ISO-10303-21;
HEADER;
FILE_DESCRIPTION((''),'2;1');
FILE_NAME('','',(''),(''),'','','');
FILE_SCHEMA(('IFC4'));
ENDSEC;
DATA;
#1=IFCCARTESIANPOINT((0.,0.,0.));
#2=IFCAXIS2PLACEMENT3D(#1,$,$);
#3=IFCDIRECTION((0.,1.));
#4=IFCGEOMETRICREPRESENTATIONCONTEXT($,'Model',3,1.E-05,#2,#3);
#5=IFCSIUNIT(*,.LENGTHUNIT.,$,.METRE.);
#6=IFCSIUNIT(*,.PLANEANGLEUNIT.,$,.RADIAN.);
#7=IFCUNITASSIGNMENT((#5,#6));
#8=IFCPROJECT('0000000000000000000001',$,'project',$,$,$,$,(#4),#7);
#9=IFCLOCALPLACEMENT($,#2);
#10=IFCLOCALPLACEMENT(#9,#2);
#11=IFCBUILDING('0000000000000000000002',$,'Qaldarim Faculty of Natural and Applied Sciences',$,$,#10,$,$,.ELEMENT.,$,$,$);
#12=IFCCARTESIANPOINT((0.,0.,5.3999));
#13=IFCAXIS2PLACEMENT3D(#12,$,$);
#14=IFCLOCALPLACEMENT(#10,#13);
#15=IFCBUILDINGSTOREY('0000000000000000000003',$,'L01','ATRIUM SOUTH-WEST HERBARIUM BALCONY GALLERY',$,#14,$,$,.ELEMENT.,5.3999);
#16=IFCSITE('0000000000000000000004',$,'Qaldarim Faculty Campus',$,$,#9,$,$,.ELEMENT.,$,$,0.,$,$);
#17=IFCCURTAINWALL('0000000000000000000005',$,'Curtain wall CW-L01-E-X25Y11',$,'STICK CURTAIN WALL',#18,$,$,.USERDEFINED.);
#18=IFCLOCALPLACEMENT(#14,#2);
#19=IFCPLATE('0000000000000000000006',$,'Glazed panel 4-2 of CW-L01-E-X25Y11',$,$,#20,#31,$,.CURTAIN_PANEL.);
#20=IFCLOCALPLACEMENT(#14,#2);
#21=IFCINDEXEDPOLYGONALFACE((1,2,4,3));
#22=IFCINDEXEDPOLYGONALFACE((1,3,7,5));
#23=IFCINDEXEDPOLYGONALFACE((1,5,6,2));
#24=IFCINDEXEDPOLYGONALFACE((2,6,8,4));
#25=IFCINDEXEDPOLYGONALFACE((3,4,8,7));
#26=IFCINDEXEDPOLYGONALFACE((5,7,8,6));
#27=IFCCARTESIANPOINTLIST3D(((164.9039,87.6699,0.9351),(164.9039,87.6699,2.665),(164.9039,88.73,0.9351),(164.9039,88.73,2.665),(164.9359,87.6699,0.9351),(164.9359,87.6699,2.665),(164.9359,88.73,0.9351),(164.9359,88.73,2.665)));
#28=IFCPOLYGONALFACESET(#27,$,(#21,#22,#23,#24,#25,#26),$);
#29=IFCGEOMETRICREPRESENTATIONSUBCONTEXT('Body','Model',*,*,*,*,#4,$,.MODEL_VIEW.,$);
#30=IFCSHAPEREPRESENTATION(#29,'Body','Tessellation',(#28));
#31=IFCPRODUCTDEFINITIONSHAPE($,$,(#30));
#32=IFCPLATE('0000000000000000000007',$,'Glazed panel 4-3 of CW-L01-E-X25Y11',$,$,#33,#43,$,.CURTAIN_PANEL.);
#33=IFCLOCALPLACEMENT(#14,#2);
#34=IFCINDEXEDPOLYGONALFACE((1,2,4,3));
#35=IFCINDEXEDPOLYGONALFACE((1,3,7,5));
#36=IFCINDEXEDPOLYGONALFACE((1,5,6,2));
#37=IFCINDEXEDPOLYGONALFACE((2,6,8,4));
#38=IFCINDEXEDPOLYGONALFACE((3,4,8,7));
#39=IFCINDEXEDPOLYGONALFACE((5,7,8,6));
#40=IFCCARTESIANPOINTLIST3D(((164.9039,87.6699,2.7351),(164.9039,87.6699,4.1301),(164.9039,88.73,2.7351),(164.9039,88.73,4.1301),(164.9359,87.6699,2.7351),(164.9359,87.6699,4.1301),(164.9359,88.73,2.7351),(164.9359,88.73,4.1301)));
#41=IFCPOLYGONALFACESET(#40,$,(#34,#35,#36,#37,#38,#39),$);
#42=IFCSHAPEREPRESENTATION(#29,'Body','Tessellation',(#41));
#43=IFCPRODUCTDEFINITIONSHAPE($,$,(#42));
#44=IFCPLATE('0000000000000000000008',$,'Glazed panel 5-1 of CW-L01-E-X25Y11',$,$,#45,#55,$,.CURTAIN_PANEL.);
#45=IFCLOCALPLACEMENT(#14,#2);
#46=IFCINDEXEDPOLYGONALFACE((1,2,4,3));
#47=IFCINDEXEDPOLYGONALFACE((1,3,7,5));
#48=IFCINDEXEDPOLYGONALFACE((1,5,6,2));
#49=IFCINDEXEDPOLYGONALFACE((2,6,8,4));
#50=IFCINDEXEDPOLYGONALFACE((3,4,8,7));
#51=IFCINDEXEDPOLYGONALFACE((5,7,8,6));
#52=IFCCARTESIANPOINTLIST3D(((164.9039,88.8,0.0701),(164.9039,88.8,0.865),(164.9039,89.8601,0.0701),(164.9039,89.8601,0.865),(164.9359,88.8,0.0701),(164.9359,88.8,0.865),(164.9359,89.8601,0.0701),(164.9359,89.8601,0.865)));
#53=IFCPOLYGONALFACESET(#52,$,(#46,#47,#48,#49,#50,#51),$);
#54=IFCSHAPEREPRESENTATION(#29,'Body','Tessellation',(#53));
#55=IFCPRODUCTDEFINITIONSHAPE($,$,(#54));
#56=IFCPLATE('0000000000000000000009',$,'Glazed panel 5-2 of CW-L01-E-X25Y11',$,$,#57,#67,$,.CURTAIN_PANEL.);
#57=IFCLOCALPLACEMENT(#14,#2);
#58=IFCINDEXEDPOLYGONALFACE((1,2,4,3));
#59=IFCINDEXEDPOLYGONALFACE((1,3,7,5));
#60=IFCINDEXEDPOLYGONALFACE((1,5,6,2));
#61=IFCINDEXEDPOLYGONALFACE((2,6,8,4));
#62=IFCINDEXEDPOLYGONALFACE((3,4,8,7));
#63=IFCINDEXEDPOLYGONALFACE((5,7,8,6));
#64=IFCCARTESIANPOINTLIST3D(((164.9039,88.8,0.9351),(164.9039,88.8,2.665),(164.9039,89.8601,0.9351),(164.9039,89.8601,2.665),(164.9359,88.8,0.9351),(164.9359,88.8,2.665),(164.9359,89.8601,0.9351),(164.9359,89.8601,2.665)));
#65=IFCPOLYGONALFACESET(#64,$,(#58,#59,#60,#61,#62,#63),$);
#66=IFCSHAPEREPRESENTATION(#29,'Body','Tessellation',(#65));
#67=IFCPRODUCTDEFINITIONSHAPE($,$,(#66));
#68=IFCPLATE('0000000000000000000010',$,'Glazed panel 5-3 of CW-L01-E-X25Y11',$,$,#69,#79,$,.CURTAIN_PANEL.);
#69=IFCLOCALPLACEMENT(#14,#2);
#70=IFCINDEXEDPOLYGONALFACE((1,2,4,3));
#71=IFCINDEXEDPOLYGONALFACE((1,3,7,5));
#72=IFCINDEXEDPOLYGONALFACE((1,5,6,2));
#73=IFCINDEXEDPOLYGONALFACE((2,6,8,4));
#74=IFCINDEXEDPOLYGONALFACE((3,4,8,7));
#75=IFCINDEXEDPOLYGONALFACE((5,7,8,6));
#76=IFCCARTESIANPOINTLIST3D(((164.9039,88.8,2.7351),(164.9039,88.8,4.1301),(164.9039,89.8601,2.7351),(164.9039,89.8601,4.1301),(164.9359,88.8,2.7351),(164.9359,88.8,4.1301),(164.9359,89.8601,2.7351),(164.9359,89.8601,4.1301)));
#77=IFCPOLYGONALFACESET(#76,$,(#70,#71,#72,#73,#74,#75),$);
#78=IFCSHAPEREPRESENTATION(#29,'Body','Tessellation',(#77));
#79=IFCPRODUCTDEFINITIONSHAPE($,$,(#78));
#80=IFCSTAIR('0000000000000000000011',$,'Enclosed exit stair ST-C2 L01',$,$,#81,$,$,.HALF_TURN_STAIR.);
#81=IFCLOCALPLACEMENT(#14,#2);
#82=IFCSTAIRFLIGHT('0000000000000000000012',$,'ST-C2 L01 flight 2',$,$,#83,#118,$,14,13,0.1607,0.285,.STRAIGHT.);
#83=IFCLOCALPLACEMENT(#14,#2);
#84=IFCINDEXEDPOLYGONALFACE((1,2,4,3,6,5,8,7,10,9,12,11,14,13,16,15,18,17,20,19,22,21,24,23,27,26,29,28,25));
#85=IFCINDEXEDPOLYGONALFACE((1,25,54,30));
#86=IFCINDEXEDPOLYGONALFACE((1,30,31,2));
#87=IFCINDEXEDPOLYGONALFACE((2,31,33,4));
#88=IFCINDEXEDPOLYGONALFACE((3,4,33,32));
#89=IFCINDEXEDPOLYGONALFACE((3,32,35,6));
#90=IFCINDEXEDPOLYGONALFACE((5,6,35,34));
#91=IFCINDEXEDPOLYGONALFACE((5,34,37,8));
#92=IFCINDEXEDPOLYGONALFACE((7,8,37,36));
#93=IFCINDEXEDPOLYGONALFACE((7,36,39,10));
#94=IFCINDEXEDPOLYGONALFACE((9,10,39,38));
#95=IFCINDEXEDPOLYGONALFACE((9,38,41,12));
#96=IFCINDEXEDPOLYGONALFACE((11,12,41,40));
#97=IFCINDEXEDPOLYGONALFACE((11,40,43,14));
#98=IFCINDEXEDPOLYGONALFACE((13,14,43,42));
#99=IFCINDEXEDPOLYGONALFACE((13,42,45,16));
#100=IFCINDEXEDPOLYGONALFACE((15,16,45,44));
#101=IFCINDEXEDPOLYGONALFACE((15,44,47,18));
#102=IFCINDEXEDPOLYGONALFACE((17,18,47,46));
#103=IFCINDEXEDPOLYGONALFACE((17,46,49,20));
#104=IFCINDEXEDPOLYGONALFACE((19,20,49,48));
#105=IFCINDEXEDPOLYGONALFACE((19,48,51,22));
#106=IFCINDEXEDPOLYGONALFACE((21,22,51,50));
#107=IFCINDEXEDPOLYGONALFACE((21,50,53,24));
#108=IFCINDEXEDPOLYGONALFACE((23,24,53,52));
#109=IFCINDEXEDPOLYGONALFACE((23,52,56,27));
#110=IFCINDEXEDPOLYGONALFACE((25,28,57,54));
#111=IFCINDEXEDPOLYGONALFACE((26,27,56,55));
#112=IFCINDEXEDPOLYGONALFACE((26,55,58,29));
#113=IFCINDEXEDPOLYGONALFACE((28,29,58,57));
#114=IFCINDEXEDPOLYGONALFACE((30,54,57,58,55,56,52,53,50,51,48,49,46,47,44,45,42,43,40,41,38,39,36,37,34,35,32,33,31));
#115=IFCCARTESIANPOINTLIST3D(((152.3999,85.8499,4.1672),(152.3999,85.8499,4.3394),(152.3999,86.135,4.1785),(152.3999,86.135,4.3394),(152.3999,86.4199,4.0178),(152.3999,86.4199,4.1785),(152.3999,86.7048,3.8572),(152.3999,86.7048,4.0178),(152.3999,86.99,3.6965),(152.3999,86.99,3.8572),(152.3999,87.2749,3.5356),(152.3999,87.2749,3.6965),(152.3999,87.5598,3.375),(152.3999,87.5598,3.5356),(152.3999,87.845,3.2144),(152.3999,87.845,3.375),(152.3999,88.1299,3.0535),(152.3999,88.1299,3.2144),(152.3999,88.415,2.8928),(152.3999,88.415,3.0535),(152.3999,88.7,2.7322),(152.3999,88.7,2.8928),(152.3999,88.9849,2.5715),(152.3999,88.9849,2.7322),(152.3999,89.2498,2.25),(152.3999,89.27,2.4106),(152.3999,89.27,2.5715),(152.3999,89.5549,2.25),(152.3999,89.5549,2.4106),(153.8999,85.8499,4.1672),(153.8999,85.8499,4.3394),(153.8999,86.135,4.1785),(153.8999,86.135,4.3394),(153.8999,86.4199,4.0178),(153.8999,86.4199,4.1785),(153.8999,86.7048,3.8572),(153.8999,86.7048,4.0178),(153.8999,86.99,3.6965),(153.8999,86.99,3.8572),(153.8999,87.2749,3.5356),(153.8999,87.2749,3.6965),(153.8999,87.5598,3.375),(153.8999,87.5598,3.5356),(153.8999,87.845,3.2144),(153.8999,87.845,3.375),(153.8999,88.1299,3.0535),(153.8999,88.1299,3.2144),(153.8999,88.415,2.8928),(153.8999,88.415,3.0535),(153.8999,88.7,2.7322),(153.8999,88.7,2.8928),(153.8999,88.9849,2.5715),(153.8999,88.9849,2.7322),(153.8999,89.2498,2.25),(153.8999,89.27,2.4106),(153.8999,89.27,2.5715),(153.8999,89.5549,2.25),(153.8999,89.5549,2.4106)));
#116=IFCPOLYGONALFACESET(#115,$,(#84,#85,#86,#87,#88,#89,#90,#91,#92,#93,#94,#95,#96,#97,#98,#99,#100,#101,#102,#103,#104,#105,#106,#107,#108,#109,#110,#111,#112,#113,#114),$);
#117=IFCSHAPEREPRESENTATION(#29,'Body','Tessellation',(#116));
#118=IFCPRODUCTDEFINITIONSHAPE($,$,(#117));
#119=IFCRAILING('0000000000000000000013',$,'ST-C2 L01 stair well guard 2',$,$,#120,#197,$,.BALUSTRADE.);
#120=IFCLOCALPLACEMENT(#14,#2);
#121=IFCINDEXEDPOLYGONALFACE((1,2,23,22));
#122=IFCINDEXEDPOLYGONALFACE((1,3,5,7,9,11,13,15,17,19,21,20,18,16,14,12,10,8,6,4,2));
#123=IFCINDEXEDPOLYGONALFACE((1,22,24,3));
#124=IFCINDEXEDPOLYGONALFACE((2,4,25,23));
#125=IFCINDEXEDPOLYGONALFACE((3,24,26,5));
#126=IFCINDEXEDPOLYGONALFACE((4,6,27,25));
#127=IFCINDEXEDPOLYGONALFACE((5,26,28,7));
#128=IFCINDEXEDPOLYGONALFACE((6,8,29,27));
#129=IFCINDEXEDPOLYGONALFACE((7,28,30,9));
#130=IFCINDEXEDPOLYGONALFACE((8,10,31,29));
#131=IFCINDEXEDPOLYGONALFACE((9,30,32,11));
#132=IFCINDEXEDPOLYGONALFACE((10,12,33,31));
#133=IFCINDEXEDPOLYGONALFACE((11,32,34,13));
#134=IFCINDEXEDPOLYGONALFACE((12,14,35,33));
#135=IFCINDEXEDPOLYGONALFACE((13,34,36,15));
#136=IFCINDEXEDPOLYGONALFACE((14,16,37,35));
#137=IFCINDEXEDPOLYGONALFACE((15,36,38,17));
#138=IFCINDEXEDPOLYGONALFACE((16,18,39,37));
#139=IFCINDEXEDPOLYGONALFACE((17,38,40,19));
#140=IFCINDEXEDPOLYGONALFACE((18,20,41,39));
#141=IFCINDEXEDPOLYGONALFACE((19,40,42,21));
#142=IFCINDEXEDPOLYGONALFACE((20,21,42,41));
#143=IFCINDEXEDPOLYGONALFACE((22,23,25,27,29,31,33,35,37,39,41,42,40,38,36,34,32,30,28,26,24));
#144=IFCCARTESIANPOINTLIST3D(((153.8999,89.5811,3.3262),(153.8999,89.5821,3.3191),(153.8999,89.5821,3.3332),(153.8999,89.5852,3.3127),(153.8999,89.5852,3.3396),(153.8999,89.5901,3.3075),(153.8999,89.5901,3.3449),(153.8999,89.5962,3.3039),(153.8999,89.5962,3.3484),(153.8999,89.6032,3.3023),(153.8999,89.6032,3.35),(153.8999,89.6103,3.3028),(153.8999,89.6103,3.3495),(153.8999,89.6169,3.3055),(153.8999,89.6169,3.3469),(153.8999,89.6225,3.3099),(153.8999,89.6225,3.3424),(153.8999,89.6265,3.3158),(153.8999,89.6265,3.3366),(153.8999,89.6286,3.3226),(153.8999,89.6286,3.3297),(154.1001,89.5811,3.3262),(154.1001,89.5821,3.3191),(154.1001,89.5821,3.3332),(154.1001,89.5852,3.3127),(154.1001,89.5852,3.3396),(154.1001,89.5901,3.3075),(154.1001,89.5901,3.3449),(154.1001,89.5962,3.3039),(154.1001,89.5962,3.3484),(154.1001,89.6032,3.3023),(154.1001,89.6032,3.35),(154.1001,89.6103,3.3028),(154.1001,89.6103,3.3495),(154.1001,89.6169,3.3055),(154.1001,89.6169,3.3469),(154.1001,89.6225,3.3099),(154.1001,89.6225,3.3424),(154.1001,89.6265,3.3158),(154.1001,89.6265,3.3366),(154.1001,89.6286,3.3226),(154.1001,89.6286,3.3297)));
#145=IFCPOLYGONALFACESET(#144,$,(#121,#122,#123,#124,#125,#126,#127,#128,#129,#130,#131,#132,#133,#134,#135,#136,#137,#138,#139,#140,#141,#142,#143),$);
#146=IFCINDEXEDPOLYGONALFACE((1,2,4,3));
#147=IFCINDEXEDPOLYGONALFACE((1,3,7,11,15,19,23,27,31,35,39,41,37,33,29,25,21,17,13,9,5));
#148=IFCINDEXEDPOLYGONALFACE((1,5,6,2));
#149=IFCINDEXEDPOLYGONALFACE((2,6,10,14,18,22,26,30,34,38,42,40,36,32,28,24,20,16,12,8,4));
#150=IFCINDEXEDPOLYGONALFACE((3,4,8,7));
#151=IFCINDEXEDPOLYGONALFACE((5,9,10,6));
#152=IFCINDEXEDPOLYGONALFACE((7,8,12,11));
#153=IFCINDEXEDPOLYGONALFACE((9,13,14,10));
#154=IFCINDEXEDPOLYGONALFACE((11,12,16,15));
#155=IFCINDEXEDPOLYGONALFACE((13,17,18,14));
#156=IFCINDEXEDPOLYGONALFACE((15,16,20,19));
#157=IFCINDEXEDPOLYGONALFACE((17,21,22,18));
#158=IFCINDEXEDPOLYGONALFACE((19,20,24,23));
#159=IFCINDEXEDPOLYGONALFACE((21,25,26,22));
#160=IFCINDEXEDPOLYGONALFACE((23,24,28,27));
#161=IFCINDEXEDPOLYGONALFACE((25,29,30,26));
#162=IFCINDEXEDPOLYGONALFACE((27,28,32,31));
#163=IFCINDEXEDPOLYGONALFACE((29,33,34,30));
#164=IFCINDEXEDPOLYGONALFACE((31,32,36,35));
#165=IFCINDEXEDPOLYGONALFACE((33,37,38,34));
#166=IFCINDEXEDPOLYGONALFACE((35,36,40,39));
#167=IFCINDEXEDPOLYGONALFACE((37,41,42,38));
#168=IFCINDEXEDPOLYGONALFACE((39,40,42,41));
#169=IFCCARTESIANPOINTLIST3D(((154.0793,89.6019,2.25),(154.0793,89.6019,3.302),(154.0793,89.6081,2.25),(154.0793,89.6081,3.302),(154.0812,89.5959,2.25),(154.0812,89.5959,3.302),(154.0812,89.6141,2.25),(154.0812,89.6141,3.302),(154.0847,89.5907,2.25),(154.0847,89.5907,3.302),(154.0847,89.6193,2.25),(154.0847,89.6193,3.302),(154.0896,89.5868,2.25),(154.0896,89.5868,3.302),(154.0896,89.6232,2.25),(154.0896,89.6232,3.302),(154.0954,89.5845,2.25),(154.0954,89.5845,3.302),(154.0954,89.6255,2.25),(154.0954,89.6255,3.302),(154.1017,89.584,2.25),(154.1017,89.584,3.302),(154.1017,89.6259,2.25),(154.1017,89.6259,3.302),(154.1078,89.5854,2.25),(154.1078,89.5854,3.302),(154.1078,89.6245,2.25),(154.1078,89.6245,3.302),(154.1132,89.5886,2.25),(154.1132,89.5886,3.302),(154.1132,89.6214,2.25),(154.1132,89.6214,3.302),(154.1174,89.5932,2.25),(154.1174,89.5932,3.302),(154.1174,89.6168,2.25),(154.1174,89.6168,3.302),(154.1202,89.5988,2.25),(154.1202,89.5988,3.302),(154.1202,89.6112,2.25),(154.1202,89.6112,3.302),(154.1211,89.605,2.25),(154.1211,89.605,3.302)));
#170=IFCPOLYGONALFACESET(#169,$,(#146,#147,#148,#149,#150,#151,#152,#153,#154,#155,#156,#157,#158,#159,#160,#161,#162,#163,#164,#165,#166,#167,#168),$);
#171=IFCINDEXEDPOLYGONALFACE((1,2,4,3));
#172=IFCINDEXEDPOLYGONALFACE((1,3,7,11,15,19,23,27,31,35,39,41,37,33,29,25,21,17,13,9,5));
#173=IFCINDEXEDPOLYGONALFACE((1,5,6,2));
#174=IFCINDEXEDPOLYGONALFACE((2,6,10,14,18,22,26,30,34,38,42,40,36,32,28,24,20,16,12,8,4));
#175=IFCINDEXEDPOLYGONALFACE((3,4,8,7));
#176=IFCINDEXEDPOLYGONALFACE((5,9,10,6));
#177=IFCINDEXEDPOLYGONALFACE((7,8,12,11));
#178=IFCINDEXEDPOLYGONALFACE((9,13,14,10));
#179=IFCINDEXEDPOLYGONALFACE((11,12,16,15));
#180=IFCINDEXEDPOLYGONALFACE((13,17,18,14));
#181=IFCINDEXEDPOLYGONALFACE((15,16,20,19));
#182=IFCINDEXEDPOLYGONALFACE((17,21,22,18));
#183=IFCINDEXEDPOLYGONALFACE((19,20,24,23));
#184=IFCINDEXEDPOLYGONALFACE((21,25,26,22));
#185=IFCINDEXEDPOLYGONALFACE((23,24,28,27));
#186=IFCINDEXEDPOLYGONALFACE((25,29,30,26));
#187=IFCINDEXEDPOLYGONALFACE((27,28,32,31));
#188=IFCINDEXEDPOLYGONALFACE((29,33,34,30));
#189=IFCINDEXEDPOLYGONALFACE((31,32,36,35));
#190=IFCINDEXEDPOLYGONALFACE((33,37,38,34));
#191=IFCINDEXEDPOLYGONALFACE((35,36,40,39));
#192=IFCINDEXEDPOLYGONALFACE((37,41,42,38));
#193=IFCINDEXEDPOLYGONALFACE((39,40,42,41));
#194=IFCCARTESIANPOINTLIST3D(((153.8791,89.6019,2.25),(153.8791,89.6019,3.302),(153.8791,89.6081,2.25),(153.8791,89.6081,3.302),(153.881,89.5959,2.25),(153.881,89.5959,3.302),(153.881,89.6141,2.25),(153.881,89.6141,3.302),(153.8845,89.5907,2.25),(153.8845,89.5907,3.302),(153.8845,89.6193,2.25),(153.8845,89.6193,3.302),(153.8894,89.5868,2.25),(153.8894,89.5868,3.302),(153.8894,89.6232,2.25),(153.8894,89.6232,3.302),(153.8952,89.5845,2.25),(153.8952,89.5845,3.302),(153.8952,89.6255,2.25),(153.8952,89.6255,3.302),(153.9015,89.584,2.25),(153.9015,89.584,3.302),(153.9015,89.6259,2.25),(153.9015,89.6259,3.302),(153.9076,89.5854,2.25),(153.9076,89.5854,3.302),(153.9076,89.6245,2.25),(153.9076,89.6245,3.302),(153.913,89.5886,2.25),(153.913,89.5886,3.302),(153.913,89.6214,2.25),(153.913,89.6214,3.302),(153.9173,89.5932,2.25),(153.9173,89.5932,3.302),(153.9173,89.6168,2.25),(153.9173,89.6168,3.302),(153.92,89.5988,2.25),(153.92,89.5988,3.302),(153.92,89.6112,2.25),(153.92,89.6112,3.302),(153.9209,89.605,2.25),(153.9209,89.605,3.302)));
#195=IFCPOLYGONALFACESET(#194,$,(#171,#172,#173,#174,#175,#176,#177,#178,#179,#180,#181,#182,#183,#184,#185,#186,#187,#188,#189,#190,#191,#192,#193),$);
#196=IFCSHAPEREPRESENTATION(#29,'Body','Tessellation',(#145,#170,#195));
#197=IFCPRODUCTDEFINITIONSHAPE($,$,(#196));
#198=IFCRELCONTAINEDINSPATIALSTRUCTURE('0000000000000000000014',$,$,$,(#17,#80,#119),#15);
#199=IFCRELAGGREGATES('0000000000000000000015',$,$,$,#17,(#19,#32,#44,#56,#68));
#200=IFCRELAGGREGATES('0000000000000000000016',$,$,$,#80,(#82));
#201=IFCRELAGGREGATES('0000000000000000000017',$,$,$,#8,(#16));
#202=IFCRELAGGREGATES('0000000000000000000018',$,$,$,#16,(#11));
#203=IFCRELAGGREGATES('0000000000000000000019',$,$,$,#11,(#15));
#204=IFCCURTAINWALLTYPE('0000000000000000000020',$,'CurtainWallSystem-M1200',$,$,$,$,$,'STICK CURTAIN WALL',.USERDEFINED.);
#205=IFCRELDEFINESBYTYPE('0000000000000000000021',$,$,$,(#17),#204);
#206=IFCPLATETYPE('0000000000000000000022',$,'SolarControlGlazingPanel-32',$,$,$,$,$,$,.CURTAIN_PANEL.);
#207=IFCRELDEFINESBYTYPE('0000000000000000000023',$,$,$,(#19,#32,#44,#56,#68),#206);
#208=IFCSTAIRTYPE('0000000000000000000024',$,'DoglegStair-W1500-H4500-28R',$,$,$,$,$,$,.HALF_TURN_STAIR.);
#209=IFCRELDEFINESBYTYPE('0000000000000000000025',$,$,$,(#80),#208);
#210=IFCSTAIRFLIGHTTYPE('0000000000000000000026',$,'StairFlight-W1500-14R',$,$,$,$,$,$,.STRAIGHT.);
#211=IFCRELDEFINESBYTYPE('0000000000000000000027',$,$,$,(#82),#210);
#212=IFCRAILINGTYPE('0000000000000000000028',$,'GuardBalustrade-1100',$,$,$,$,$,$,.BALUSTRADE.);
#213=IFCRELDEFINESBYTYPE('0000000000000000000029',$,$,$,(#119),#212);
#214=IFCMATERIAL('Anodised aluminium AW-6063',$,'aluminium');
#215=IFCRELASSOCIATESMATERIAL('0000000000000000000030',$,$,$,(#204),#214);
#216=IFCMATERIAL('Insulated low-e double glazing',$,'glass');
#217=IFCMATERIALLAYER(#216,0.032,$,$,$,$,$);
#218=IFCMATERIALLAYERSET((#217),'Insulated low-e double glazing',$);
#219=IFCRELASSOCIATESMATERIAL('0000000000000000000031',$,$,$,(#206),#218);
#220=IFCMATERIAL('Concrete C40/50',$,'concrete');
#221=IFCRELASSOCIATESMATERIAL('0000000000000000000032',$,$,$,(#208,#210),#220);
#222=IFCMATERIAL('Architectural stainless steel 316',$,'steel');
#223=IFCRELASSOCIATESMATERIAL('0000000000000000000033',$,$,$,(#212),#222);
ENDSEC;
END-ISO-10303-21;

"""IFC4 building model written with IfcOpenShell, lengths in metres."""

from ifc_helpers import new_model, si_unit, direction, frame, origin, origin_2d, place, context, subcontext, project, spatial, polyline, rectangle, circle, outline, extrude, material, layer, layer_set, type_object, element, aggregate, save


model = new_model("IFC4")

# Units and contexts
model_context = context("Model", 3, precision=1e-05, world=origin(), true_north=direction((0.0, 1.0)))
body_context = subcontext(model_context, "Body", "Model", "MODEL_VIEW")
ifc_project = project(units=[si_unit("LENGTHUNIT", "METRE"), si_unit("PLANEANGLEUNIT", "RADIAN")], contexts=[model_context])

# Site, building, storey
site_placement = place(None, origin())
site = spatial("IfcSite", under=ifc_project, at=site_placement, Name="Qaldarim Faculty Campus", CompositionType="ELEMENT", RefElevation=0.0)
building_placement = place(site_placement, origin())
building = spatial("IfcBuilding", under=site, at=building_placement, Name="Qaldarim Faculty of Natural and Applied Sciences", CompositionType="ELEMENT")
storey_placement = place(building_placement, frame((0.0, 0.0, 5.3999)))
storey = spatial("IfcBuildingStorey", under=building, at=storey_placement, Name="L01", Description="ATRIUM SOUTH-WEST HERBARIUM BALCONY GALLERY", CompositionType="ELEMENT", Elevation=5.3999)

# Shared definitions
ifc_material_1 = material(Name="Concrete C40/50", Category="concrete")

# Curtain wall
ifc_material_2 = material(Name="Anodised aluminium AW-6063", Category="aluminium")
curtain_wall_type = type_object("IfcCurtainWallType", Name="CurtainWallSystem-M1200", ElementType="STICK CURTAIN WALL", PredefinedType="USERDEFINED", material=ifc_material_2)
curtain_wall_placement = place(storey_placement, origin())
curtain_wall = element("IfcCurtainWall", 1, at=curtain_wall_placement, inside=storey, type_object=curtain_wall_type, Name="Curtain wall CW-L01-E-X25Y11", ObjectType="STICK CURTAIN WALL", PredefinedType="USERDEFINED")

# Plates
ifc_material_3 = material(Name="Insulated low-e double glazing", Category="glass")
ifc_layer_1 = layer(ifc_material_3, 0.032)
ifc_layer_set_1 = layer_set([ifc_layer_1], Name="Insulated low-e double glazing")
plate_type = type_object("IfcPlateType", Name="SolarControlGlazingPanel-32", PredefinedType="CURTAIN_PANEL", material=ifc_layer_set_1)
plate_1_placement = place(storey_placement, frame((164.9199, 88.2, 0.9351), z_axis=(0.0, 0.0, 1.0), x_axis=(0.0, 1.0, 0.0)))
plate_1 = element("IfcPlate", 2, at=plate_1_placement, type_object=plate_type, Name="Glazed panel 4-2 of CW-L01-E-X25Y11", PredefinedType="CURTAIN_PANEL", context=body_context, shape_type="SweptSolid", body=[
    extrude(rectangle(XDim=1.0601, YDim=0.032, at=origin_2d()), origin(), (0.0, 0.0, 1.0), 1.73),
])
plate_2_placement = place(storey_placement, frame((164.9199, 88.2, 2.7351), z_axis=(0.0, 0.0, 1.0), x_axis=(0.0, 1.0, 0.0)))
plate_2 = element("IfcPlate", 3, at=plate_2_placement, type_object=plate_type, Name="Glazed panel 4-3 of CW-L01-E-X25Y11", PredefinedType="CURTAIN_PANEL", context=body_context, shape_type="SweptSolid", body=[
    extrude(rectangle(XDim=1.0601, YDim=0.032, at=origin_2d()), origin(), (0.0, 0.0, 1.0), 1.395),
])
plate_3_placement = place(storey_placement, frame((164.9199, 89.3301, 0.0701), z_axis=(0.0, 0.0, 1.0), x_axis=(0.0, 1.0, 0.0)))
plate_3 = element("IfcPlate", 4, at=plate_3_placement, type_object=plate_type, Name="Glazed panel 5-1 of CW-L01-E-X25Y11", PredefinedType="CURTAIN_PANEL", context=body_context, shape_type="SweptSolid", body=[
    extrude(rectangle(XDim=1.0601, YDim=0.032, at=origin_2d()), origin(), (0.0, 0.0, 1.0), 0.7949),
])
plate_4_placement = place(storey_placement, frame((164.9199, 89.3301, 0.9351), z_axis=(0.0, 0.0, 1.0), x_axis=(0.0, 1.0, 0.0)))
plate_4 = element("IfcPlate", 5, at=plate_4_placement, type_object=plate_type, Name="Glazed panel 5-2 of CW-L01-E-X25Y11", PredefinedType="CURTAIN_PANEL", context=body_context, shape_type="SweptSolid", body=[
    extrude(rectangle(XDim=1.0601, YDim=0.032, at=origin_2d()), origin(), (0.0, 0.0, 1.0), 1.73),
])
plate_5_placement = place(storey_placement, frame((164.9199, 89.3301, 2.7351), z_axis=(0.0, 0.0, 1.0), x_axis=(0.0, 1.0, 0.0)))
plate_5 = element("IfcPlate", 6, at=plate_5_placement, type_object=plate_type, Name="Glazed panel 5-3 of CW-L01-E-X25Y11", PredefinedType="CURTAIN_PANEL", context=body_context, shape_type="SweptSolid", body=[
    extrude(rectangle(XDim=1.0601, YDim=0.032, at=origin_2d()), origin(), (0.0, 0.0, 1.0), 1.395),
])
aggregate(curtain_wall, [plate_1, plate_2, plate_3, plate_4, plate_5])

# Stair, stair flight
stair_type = type_object("IfcStairType", Name="DoglegStair-W1500-H4500-28R", PredefinedType="HALF_TURN_STAIR", material=ifc_material_1)
stair_placement = place(storey_placement, origin())
stair = element("IfcStair", 7, at=stair_placement, inside=storey, type_object=stair_type, Name="Enclosed exit stair ST-C2 L01", PredefinedType="HALF_TURN_STAIR")
stair_flight_type = type_object("IfcStairFlightType", Name="StairFlight-W1500-14R", PredefinedType="STRAIGHT", material=ifc_material_1)
stair_flight_placement = place(storey_placement, frame((153.1499, 89.5549, 2.25), z_axis=(0.0, 0.0, 1.0), x_axis=(0.0, -1.0, 0.0)))
stair_flight = element("IfcStairFlight", 8, at=stair_flight_placement, type_object=stair_flight_type, Name="ST-C2 L01 flight 2", NumberOfRisers=14, NumberOfTreads=13, PredefinedType="STRAIGHT", RiserHeight=0.1607, TreadLength=0.285, context=body_context, shape_type="SweptSolid", body=[
    extrude(outline(polyline([(0.0, 0.0), (0.0, 0.1606), (0.2849, 0.1606), (0.2849, 0.3215), (0.5701, 0.3215), (0.5701, 0.4822), (0.855, 0.4822), (0.855, 0.6428), (1.1399, 0.6428), (1.1399, 0.8035), (1.425, 0.8035), (1.425, 0.9644), (1.71, 0.9644), (1.71, 1.125), (1.9951, 1.125), (1.9951, 1.2856), (2.28, 1.2856), (2.28, 1.4465), (2.5649, 1.4465), (2.5649, 1.6072), (2.8501, 1.6072), (2.8501, 1.7678), (3.135, 1.7678), (3.135, 1.9285), (3.4199, 1.9285), (3.4199, 2.0894), (3.7051, 2.0894), (3.7051, 2.25), (3.7051, 1.9172), (0.3052, 0.0), (0.0, 0.0)])), frame((0.0, 0.75, 0.0), z_axis=(0.0, -1.0, 0.0), x_axis=(1.0, 0.0, 0.0)), (0.0, 0.0, 1.0), 1.5),
])
aggregate(stair, [stair_flight])

# Railing
ifc_material_4 = material(Name="Architectural stainless steel 316", Category="steel")
railing_type = type_object("IfcRailingType", Name="GuardBalustrade-1100", PredefinedType="BALUSTRADE", material=ifc_material_4)
railing_1_placement = place(storey_placement, frame((154.1001, 89.605, 2.25)))
element("IfcRailing", 9, at=railing_1_placement, inside=storey, type_object=railing_type, Name="ST-C2 L01 stair well guard 2", PredefinedType="BALUSTRADE", context=body_context, shape_type="SweptSolid", body=[
    extrude(circle(Radius=0.0239, at=origin_2d()), frame((0.0, 0.0, 1.0762), z_axis=(-1.0, 0.0, 0.0), x_axis=(0.0, -1.0, 0.0)), (0.0, 0.0, 1.0), 0.2002),
    extrude(circle(Radius=0.021, at=origin_2d()), origin(), (0.0, 0.0, 1.0), 1.052),
    extrude(circle(Radius=0.021, at=origin_2d()), frame((-0.2002, 0.0, 0.0)), (0.0, 0.0, 1.0), 1.052),
])

save(model, "model.ifc")
